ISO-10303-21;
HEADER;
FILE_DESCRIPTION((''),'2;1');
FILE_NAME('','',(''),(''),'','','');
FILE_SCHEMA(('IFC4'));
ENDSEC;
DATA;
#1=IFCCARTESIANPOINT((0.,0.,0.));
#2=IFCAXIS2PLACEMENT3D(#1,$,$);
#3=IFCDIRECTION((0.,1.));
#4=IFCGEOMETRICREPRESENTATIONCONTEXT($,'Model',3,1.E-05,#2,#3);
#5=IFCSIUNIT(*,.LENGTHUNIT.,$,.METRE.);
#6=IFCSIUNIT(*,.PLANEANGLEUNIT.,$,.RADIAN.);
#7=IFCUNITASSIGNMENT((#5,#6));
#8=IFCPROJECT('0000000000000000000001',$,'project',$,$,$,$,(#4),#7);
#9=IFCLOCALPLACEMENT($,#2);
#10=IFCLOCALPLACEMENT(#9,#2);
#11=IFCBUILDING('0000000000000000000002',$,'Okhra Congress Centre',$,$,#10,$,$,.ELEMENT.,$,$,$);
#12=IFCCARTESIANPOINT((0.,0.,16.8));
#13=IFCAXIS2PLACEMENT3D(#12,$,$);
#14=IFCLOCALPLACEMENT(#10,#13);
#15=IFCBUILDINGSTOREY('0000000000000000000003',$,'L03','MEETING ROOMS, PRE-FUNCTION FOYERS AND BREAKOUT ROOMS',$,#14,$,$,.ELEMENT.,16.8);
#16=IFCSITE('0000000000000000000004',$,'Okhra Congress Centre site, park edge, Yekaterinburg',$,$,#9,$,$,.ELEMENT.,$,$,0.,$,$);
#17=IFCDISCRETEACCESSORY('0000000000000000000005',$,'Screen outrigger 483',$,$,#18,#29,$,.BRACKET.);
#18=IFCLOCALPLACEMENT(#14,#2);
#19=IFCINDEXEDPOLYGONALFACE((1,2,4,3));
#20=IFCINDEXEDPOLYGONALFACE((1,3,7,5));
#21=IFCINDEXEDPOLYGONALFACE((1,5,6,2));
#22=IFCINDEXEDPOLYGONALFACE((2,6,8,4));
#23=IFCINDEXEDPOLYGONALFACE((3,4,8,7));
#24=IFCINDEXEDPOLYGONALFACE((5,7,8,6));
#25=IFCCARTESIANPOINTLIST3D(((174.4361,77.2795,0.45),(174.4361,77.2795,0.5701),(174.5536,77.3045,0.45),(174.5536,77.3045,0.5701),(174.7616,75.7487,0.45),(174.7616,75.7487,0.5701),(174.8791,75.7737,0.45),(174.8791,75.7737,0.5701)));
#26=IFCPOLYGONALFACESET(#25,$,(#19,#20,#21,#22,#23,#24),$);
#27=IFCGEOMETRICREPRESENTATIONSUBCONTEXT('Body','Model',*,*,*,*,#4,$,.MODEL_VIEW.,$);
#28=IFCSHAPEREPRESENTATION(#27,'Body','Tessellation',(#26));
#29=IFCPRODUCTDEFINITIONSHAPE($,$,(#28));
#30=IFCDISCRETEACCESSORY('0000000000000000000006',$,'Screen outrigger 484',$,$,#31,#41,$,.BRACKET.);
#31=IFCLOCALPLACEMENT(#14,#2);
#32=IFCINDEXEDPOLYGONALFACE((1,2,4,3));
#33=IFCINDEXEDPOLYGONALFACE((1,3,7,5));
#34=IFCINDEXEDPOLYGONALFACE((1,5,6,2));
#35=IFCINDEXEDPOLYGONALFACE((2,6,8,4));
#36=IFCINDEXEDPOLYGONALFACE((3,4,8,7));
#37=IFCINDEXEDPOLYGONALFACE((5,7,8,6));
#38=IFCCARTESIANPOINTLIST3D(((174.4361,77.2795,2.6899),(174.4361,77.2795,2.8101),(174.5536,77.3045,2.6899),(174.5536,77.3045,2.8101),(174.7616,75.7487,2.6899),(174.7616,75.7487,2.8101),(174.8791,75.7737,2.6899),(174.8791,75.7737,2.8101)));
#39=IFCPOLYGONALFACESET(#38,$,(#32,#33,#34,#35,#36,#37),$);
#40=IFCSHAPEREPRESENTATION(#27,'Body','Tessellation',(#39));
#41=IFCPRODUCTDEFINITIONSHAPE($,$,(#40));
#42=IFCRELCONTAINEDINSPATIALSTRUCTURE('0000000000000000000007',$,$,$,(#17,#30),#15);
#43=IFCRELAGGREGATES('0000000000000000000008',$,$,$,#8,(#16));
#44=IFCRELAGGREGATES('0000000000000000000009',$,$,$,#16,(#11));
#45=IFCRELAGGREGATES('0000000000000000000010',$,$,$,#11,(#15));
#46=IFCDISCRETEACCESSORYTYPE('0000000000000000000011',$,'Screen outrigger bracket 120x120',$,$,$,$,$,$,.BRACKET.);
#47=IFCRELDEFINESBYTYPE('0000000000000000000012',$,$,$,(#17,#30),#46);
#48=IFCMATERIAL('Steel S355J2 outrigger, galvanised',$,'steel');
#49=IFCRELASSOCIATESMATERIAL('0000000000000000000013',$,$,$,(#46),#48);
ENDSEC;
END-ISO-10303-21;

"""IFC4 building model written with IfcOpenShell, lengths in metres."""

from ifc_helpers import new_model, si_unit, direction, frame, origin, origin_2d, place, context, subcontext, project, spatial, rectangle, extrude, material, material_profile, profile_set, type_object, element, save


model = new_model("IFC4")

# Units and contexts
model_context = context("Model", 3, precision=1e-05, world=origin(), true_north=direction((0.0, 1.0)))
body_context = subcontext(model_context, "Body", "Model", "MODEL_VIEW")
ifc_project = project(units=[si_unit("LENGTHUNIT", "METRE"), si_unit("PLANEANGLEUNIT", "RADIAN")], contexts=[model_context])

# Site, building, storey
site_placement = place(None, origin())
site = spatial("IfcSite", under=ifc_project, at=site_placement, Name="Okhra Congress Centre site, park edge, Yekaterinburg", CompositionType="ELEMENT", RefElevation=0.0)
building_placement = place(site_placement, origin())
building = spatial("IfcBuilding", under=site, at=building_placement, Name="Okhra Congress Centre", CompositionType="ELEMENT")
storey_placement = place(building_placement, frame((0.0, 0.0, 16.8)))
storey = spatial("IfcBuildingStorey", under=building, at=storey_placement, Name="L03", Description="MEETING ROOMS, PRE-FUNCTION FOYERS AND BREAKOUT ROOMS", CompositionType="ELEMENT", Elevation=16.8)

# Discrete accessories
ifc_material_1 = material(Name="Steel S355J2 outrigger, galvanised", Category="steel")
ifc_material_profile_1 = material_profile(ifc_material_1, rectangle(XDim=0.1201, YDim=0.1201, at=origin_2d()), Name="Screen outrigger bracket 120x120")
ifc_profile_set_1 = profile_set([ifc_material_profile_1], Name="Steel S355J2 outrigger, galvanised")
discrete_accessory_type = type_object("IfcDiscreteAccessoryType", Name="Screen outrigger bracket 120x120", PredefinedType="BRACKET", material=ifc_profile_set_1)
for number, where, z_axis, x_axis, name in (
    (1, (174.8203, 75.7612, 0.51), (-0.207952, 0.978139, 0.0), (-0.978139, -0.207952, 0.0), "Screen outrigger 483"),
    (2, (174.8203, 75.7612, 2.75), (-0.207952, 0.978139, 0.0), (-0.978139, -0.207952, 0.0), "Screen outrigger 484"),
):
    element("IfcDiscreteAccessory", number, at=place(storey_placement, frame(where, z_axis=z_axis, x_axis=x_axis)), inside=storey, type_object=discrete_accessory_type, Name=name, PredefinedType="BRACKET", context=body_context, shape_type="SweptSolid", body=[
        extrude(rectangle(XDim=0.1201, YDim=0.1201, at=origin_2d()), origin(), (0.0, 0.0, 1.0), 1.5649),
    ])

save(model, "model.ifc")
